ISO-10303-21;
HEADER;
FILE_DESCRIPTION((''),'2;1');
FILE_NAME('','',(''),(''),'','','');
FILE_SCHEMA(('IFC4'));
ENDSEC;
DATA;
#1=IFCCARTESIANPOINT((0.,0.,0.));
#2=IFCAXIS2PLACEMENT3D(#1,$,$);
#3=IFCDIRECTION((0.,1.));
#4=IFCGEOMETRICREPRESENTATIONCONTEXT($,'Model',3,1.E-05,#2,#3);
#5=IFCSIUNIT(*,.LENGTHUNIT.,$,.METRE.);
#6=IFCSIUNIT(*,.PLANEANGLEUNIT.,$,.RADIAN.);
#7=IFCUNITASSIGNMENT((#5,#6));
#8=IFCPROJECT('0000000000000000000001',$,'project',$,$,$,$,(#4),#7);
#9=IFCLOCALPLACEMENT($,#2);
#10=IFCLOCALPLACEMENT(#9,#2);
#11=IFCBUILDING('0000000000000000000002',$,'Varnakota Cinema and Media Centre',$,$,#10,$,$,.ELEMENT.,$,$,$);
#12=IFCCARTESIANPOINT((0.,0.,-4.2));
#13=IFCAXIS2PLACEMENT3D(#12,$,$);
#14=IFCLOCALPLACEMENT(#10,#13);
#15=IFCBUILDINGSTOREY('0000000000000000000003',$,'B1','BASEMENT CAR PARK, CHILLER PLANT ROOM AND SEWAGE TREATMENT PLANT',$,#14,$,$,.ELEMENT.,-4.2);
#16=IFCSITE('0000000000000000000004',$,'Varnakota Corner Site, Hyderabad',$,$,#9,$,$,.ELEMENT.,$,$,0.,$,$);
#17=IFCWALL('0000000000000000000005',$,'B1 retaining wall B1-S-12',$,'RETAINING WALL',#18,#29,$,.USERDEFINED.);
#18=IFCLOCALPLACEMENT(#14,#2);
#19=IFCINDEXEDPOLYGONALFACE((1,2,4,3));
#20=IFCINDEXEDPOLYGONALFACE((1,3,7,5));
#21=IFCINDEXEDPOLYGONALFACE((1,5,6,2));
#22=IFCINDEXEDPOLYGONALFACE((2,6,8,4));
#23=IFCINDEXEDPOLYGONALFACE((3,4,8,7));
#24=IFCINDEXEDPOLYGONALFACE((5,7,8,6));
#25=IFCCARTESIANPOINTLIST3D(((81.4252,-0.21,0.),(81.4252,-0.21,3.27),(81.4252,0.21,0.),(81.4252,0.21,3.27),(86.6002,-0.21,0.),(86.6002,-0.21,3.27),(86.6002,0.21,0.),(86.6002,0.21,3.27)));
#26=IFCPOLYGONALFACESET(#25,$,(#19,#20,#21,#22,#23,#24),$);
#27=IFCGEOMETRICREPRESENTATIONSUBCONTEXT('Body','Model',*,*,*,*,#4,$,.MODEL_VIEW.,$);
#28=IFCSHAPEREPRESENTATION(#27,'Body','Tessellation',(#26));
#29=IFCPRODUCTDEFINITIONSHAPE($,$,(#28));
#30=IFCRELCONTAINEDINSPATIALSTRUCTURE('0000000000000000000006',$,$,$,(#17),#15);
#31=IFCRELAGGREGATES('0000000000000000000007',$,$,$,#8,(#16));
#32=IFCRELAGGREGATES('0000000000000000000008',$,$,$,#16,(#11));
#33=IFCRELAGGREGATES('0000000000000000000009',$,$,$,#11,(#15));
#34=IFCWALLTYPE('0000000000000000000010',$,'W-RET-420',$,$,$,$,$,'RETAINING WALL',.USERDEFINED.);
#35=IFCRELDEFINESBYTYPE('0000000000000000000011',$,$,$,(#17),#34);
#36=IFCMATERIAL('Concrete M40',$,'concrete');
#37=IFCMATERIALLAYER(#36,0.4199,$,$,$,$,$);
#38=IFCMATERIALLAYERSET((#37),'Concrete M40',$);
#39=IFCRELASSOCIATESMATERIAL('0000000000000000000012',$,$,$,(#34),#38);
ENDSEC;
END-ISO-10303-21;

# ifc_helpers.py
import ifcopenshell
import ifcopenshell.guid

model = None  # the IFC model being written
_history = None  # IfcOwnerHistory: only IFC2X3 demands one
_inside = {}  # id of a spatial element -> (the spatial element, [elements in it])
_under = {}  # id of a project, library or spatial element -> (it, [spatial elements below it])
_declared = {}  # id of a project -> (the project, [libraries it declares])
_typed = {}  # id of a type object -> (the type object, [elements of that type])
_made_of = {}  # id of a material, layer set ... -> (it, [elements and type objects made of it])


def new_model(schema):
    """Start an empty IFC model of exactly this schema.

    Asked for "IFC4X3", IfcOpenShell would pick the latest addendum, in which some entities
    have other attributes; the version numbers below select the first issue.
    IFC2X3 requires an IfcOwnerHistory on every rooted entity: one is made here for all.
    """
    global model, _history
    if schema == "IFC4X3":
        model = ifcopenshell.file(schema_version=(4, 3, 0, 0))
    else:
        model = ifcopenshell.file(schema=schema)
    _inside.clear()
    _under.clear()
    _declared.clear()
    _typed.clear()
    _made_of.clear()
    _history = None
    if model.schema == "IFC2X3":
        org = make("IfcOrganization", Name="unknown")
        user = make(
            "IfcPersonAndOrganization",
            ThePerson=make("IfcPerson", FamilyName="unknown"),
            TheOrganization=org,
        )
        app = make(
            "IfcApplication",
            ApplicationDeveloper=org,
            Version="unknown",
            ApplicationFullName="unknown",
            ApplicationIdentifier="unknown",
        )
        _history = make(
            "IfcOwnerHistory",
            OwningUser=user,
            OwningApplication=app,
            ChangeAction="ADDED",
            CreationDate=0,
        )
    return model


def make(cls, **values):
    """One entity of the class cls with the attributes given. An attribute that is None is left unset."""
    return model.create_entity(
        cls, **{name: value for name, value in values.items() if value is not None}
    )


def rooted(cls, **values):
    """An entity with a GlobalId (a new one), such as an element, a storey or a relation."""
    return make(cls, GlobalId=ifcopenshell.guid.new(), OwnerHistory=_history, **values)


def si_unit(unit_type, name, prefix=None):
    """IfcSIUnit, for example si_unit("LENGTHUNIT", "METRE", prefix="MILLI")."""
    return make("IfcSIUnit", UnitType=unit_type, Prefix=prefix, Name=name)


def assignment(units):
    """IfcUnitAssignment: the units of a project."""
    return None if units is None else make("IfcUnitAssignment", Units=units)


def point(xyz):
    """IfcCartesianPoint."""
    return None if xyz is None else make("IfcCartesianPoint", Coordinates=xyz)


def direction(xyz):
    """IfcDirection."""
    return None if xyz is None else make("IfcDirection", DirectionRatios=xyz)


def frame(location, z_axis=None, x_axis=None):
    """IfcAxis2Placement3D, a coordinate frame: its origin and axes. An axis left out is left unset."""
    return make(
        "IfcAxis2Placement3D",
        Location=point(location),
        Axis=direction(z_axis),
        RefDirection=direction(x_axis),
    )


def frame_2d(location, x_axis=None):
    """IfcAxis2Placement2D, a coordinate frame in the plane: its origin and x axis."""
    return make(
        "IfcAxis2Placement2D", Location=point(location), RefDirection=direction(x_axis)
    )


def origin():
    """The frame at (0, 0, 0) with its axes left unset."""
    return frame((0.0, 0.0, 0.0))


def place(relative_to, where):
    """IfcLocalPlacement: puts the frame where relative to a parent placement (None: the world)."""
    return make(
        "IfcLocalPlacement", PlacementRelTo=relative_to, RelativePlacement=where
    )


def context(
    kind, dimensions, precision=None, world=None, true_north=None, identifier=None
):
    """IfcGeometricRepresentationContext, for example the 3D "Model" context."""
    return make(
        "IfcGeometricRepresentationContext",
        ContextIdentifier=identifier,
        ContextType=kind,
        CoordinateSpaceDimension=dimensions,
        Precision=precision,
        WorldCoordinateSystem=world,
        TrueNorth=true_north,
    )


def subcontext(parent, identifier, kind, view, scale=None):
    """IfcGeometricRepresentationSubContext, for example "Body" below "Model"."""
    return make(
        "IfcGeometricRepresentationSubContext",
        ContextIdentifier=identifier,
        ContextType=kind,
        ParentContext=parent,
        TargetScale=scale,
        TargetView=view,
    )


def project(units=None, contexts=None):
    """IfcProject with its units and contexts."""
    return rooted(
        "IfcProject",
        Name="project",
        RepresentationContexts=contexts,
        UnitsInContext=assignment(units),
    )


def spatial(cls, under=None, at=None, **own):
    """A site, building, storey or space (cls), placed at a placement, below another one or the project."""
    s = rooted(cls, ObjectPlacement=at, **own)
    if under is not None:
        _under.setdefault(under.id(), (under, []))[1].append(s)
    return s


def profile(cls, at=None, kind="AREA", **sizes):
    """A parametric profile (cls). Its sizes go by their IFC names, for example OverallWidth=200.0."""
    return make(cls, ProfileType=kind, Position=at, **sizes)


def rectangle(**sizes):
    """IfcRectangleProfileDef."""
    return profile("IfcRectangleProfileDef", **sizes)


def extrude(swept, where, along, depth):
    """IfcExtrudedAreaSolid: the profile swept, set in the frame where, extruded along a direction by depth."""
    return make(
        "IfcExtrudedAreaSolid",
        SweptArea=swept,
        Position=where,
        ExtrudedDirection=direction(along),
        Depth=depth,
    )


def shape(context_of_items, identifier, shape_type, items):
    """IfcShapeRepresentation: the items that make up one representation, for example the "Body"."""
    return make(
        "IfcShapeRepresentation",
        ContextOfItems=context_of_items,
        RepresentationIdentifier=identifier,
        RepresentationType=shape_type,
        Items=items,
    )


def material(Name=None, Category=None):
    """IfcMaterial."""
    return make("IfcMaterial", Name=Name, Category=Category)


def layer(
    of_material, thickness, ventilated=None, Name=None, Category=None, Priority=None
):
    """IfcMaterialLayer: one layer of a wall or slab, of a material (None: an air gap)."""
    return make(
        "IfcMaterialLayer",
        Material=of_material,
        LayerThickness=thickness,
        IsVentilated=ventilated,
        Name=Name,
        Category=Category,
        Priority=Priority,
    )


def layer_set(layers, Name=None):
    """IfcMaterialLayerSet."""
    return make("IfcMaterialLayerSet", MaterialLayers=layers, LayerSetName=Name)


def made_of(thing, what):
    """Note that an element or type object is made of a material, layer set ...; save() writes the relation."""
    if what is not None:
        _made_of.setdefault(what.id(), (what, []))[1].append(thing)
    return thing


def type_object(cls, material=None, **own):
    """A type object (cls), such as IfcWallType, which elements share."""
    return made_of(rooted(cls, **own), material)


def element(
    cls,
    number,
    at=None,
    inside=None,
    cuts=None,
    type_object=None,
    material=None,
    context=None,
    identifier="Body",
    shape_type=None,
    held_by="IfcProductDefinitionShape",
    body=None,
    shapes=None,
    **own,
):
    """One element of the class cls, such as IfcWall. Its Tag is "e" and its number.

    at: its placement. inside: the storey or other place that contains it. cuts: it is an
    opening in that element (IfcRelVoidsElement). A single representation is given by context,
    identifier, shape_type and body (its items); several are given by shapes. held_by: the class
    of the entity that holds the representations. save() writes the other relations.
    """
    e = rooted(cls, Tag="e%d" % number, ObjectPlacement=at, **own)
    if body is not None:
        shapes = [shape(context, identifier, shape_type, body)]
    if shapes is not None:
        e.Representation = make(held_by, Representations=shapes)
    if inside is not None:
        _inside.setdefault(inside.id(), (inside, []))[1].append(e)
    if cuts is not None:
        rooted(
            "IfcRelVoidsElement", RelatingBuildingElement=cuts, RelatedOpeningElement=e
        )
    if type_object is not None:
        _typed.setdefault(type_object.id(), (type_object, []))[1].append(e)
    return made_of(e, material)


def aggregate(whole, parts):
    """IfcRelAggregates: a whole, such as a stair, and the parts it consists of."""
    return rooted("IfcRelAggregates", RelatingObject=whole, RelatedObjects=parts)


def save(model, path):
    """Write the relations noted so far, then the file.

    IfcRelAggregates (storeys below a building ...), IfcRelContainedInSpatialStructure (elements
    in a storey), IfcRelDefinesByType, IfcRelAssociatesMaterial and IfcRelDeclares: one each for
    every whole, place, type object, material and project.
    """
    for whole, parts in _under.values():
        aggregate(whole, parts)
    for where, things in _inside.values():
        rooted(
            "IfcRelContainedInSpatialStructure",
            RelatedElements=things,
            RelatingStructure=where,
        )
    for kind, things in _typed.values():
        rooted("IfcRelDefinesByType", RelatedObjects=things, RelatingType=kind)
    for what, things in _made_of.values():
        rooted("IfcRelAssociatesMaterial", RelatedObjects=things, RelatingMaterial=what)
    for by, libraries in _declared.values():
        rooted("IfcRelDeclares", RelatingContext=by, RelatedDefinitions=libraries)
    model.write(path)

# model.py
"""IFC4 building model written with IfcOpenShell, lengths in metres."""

from ifc_helpers import new_model, si_unit, direction, frame, frame_2d, origin, place, context, subcontext, project, spatial, rectangle, extrude, material, layer, layer_set, type_object, element, save


model = new_model("IFC4")

# Units and contexts
model_context = context("Model", 3, precision=1e-05, world=origin(), true_north=direction((0.0, 1.0)))
body_context = subcontext(model_context, "Body", "Model", "MODEL_VIEW")
ifc_project = project(units=[si_unit("LENGTHUNIT", "METRE"), si_unit("PLANEANGLEUNIT", "RADIAN")], contexts=[model_context])

# Site, building, storey
site_placement = place(None, origin())
site = spatial("IfcSite", under=ifc_project, at=site_placement, Name="Varnakota Corner Site, Hyderabad", CompositionType="ELEMENT", RefElevation=0.0)
building_placement = place(site_placement, origin())
building = spatial("IfcBuilding", under=site, at=building_placement, Name="Varnakota Cinema and Media Centre", CompositionType="ELEMENT")
storey_placement = place(building_placement, frame((0.0, 0.0, -4.2)))
storey = spatial("IfcBuildingStorey", under=building, at=storey_placement, Name="B1", Description="BASEMENT CAR PARK, CHILLER PLANT ROOM AND SEWAGE TREATMENT PLANT", CompositionType="ELEMENT", Elevation=-4.2)

# Wall
ifc_material_1 = material(Name="Concrete M40", Category="concrete")
ifc_layer = layer(ifc_material_1, 0.4199)
ifc_layer_set = layer_set([ifc_layer], Name="Concrete M40")
wall_type = type_object("IfcWallType", Name="W-RET-420", ElementType="RETAINING WALL", PredefinedType="USERDEFINED", material=ifc_layer_set)
for number, where, z_axis, x_axis, name in (
    (1, (86.6001, 0.0, 0.0), (0.0, 0.0, 1.0), (-1.0, 0.0, 0.0), "B1 retaining wall B1-S-12"),
):
    element("IfcWall", number, at=place(storey_placement, frame(where, z_axis=z_axis, x_axis=x_axis)), inside=storey, type_object=wall_type, Name=name, ObjectType="RETAINING WALL", PredefinedType="USERDEFINED", context=body_context, shape_type="SweptSolid", body=[
        extrude(rectangle(XDim=5.175, YDim=0.4199, at=frame_2d((2.5874, 0.0))), origin(), (0.0, 0.0, 1.0), 3.27),
    ])

save(model, "model.ifc")
